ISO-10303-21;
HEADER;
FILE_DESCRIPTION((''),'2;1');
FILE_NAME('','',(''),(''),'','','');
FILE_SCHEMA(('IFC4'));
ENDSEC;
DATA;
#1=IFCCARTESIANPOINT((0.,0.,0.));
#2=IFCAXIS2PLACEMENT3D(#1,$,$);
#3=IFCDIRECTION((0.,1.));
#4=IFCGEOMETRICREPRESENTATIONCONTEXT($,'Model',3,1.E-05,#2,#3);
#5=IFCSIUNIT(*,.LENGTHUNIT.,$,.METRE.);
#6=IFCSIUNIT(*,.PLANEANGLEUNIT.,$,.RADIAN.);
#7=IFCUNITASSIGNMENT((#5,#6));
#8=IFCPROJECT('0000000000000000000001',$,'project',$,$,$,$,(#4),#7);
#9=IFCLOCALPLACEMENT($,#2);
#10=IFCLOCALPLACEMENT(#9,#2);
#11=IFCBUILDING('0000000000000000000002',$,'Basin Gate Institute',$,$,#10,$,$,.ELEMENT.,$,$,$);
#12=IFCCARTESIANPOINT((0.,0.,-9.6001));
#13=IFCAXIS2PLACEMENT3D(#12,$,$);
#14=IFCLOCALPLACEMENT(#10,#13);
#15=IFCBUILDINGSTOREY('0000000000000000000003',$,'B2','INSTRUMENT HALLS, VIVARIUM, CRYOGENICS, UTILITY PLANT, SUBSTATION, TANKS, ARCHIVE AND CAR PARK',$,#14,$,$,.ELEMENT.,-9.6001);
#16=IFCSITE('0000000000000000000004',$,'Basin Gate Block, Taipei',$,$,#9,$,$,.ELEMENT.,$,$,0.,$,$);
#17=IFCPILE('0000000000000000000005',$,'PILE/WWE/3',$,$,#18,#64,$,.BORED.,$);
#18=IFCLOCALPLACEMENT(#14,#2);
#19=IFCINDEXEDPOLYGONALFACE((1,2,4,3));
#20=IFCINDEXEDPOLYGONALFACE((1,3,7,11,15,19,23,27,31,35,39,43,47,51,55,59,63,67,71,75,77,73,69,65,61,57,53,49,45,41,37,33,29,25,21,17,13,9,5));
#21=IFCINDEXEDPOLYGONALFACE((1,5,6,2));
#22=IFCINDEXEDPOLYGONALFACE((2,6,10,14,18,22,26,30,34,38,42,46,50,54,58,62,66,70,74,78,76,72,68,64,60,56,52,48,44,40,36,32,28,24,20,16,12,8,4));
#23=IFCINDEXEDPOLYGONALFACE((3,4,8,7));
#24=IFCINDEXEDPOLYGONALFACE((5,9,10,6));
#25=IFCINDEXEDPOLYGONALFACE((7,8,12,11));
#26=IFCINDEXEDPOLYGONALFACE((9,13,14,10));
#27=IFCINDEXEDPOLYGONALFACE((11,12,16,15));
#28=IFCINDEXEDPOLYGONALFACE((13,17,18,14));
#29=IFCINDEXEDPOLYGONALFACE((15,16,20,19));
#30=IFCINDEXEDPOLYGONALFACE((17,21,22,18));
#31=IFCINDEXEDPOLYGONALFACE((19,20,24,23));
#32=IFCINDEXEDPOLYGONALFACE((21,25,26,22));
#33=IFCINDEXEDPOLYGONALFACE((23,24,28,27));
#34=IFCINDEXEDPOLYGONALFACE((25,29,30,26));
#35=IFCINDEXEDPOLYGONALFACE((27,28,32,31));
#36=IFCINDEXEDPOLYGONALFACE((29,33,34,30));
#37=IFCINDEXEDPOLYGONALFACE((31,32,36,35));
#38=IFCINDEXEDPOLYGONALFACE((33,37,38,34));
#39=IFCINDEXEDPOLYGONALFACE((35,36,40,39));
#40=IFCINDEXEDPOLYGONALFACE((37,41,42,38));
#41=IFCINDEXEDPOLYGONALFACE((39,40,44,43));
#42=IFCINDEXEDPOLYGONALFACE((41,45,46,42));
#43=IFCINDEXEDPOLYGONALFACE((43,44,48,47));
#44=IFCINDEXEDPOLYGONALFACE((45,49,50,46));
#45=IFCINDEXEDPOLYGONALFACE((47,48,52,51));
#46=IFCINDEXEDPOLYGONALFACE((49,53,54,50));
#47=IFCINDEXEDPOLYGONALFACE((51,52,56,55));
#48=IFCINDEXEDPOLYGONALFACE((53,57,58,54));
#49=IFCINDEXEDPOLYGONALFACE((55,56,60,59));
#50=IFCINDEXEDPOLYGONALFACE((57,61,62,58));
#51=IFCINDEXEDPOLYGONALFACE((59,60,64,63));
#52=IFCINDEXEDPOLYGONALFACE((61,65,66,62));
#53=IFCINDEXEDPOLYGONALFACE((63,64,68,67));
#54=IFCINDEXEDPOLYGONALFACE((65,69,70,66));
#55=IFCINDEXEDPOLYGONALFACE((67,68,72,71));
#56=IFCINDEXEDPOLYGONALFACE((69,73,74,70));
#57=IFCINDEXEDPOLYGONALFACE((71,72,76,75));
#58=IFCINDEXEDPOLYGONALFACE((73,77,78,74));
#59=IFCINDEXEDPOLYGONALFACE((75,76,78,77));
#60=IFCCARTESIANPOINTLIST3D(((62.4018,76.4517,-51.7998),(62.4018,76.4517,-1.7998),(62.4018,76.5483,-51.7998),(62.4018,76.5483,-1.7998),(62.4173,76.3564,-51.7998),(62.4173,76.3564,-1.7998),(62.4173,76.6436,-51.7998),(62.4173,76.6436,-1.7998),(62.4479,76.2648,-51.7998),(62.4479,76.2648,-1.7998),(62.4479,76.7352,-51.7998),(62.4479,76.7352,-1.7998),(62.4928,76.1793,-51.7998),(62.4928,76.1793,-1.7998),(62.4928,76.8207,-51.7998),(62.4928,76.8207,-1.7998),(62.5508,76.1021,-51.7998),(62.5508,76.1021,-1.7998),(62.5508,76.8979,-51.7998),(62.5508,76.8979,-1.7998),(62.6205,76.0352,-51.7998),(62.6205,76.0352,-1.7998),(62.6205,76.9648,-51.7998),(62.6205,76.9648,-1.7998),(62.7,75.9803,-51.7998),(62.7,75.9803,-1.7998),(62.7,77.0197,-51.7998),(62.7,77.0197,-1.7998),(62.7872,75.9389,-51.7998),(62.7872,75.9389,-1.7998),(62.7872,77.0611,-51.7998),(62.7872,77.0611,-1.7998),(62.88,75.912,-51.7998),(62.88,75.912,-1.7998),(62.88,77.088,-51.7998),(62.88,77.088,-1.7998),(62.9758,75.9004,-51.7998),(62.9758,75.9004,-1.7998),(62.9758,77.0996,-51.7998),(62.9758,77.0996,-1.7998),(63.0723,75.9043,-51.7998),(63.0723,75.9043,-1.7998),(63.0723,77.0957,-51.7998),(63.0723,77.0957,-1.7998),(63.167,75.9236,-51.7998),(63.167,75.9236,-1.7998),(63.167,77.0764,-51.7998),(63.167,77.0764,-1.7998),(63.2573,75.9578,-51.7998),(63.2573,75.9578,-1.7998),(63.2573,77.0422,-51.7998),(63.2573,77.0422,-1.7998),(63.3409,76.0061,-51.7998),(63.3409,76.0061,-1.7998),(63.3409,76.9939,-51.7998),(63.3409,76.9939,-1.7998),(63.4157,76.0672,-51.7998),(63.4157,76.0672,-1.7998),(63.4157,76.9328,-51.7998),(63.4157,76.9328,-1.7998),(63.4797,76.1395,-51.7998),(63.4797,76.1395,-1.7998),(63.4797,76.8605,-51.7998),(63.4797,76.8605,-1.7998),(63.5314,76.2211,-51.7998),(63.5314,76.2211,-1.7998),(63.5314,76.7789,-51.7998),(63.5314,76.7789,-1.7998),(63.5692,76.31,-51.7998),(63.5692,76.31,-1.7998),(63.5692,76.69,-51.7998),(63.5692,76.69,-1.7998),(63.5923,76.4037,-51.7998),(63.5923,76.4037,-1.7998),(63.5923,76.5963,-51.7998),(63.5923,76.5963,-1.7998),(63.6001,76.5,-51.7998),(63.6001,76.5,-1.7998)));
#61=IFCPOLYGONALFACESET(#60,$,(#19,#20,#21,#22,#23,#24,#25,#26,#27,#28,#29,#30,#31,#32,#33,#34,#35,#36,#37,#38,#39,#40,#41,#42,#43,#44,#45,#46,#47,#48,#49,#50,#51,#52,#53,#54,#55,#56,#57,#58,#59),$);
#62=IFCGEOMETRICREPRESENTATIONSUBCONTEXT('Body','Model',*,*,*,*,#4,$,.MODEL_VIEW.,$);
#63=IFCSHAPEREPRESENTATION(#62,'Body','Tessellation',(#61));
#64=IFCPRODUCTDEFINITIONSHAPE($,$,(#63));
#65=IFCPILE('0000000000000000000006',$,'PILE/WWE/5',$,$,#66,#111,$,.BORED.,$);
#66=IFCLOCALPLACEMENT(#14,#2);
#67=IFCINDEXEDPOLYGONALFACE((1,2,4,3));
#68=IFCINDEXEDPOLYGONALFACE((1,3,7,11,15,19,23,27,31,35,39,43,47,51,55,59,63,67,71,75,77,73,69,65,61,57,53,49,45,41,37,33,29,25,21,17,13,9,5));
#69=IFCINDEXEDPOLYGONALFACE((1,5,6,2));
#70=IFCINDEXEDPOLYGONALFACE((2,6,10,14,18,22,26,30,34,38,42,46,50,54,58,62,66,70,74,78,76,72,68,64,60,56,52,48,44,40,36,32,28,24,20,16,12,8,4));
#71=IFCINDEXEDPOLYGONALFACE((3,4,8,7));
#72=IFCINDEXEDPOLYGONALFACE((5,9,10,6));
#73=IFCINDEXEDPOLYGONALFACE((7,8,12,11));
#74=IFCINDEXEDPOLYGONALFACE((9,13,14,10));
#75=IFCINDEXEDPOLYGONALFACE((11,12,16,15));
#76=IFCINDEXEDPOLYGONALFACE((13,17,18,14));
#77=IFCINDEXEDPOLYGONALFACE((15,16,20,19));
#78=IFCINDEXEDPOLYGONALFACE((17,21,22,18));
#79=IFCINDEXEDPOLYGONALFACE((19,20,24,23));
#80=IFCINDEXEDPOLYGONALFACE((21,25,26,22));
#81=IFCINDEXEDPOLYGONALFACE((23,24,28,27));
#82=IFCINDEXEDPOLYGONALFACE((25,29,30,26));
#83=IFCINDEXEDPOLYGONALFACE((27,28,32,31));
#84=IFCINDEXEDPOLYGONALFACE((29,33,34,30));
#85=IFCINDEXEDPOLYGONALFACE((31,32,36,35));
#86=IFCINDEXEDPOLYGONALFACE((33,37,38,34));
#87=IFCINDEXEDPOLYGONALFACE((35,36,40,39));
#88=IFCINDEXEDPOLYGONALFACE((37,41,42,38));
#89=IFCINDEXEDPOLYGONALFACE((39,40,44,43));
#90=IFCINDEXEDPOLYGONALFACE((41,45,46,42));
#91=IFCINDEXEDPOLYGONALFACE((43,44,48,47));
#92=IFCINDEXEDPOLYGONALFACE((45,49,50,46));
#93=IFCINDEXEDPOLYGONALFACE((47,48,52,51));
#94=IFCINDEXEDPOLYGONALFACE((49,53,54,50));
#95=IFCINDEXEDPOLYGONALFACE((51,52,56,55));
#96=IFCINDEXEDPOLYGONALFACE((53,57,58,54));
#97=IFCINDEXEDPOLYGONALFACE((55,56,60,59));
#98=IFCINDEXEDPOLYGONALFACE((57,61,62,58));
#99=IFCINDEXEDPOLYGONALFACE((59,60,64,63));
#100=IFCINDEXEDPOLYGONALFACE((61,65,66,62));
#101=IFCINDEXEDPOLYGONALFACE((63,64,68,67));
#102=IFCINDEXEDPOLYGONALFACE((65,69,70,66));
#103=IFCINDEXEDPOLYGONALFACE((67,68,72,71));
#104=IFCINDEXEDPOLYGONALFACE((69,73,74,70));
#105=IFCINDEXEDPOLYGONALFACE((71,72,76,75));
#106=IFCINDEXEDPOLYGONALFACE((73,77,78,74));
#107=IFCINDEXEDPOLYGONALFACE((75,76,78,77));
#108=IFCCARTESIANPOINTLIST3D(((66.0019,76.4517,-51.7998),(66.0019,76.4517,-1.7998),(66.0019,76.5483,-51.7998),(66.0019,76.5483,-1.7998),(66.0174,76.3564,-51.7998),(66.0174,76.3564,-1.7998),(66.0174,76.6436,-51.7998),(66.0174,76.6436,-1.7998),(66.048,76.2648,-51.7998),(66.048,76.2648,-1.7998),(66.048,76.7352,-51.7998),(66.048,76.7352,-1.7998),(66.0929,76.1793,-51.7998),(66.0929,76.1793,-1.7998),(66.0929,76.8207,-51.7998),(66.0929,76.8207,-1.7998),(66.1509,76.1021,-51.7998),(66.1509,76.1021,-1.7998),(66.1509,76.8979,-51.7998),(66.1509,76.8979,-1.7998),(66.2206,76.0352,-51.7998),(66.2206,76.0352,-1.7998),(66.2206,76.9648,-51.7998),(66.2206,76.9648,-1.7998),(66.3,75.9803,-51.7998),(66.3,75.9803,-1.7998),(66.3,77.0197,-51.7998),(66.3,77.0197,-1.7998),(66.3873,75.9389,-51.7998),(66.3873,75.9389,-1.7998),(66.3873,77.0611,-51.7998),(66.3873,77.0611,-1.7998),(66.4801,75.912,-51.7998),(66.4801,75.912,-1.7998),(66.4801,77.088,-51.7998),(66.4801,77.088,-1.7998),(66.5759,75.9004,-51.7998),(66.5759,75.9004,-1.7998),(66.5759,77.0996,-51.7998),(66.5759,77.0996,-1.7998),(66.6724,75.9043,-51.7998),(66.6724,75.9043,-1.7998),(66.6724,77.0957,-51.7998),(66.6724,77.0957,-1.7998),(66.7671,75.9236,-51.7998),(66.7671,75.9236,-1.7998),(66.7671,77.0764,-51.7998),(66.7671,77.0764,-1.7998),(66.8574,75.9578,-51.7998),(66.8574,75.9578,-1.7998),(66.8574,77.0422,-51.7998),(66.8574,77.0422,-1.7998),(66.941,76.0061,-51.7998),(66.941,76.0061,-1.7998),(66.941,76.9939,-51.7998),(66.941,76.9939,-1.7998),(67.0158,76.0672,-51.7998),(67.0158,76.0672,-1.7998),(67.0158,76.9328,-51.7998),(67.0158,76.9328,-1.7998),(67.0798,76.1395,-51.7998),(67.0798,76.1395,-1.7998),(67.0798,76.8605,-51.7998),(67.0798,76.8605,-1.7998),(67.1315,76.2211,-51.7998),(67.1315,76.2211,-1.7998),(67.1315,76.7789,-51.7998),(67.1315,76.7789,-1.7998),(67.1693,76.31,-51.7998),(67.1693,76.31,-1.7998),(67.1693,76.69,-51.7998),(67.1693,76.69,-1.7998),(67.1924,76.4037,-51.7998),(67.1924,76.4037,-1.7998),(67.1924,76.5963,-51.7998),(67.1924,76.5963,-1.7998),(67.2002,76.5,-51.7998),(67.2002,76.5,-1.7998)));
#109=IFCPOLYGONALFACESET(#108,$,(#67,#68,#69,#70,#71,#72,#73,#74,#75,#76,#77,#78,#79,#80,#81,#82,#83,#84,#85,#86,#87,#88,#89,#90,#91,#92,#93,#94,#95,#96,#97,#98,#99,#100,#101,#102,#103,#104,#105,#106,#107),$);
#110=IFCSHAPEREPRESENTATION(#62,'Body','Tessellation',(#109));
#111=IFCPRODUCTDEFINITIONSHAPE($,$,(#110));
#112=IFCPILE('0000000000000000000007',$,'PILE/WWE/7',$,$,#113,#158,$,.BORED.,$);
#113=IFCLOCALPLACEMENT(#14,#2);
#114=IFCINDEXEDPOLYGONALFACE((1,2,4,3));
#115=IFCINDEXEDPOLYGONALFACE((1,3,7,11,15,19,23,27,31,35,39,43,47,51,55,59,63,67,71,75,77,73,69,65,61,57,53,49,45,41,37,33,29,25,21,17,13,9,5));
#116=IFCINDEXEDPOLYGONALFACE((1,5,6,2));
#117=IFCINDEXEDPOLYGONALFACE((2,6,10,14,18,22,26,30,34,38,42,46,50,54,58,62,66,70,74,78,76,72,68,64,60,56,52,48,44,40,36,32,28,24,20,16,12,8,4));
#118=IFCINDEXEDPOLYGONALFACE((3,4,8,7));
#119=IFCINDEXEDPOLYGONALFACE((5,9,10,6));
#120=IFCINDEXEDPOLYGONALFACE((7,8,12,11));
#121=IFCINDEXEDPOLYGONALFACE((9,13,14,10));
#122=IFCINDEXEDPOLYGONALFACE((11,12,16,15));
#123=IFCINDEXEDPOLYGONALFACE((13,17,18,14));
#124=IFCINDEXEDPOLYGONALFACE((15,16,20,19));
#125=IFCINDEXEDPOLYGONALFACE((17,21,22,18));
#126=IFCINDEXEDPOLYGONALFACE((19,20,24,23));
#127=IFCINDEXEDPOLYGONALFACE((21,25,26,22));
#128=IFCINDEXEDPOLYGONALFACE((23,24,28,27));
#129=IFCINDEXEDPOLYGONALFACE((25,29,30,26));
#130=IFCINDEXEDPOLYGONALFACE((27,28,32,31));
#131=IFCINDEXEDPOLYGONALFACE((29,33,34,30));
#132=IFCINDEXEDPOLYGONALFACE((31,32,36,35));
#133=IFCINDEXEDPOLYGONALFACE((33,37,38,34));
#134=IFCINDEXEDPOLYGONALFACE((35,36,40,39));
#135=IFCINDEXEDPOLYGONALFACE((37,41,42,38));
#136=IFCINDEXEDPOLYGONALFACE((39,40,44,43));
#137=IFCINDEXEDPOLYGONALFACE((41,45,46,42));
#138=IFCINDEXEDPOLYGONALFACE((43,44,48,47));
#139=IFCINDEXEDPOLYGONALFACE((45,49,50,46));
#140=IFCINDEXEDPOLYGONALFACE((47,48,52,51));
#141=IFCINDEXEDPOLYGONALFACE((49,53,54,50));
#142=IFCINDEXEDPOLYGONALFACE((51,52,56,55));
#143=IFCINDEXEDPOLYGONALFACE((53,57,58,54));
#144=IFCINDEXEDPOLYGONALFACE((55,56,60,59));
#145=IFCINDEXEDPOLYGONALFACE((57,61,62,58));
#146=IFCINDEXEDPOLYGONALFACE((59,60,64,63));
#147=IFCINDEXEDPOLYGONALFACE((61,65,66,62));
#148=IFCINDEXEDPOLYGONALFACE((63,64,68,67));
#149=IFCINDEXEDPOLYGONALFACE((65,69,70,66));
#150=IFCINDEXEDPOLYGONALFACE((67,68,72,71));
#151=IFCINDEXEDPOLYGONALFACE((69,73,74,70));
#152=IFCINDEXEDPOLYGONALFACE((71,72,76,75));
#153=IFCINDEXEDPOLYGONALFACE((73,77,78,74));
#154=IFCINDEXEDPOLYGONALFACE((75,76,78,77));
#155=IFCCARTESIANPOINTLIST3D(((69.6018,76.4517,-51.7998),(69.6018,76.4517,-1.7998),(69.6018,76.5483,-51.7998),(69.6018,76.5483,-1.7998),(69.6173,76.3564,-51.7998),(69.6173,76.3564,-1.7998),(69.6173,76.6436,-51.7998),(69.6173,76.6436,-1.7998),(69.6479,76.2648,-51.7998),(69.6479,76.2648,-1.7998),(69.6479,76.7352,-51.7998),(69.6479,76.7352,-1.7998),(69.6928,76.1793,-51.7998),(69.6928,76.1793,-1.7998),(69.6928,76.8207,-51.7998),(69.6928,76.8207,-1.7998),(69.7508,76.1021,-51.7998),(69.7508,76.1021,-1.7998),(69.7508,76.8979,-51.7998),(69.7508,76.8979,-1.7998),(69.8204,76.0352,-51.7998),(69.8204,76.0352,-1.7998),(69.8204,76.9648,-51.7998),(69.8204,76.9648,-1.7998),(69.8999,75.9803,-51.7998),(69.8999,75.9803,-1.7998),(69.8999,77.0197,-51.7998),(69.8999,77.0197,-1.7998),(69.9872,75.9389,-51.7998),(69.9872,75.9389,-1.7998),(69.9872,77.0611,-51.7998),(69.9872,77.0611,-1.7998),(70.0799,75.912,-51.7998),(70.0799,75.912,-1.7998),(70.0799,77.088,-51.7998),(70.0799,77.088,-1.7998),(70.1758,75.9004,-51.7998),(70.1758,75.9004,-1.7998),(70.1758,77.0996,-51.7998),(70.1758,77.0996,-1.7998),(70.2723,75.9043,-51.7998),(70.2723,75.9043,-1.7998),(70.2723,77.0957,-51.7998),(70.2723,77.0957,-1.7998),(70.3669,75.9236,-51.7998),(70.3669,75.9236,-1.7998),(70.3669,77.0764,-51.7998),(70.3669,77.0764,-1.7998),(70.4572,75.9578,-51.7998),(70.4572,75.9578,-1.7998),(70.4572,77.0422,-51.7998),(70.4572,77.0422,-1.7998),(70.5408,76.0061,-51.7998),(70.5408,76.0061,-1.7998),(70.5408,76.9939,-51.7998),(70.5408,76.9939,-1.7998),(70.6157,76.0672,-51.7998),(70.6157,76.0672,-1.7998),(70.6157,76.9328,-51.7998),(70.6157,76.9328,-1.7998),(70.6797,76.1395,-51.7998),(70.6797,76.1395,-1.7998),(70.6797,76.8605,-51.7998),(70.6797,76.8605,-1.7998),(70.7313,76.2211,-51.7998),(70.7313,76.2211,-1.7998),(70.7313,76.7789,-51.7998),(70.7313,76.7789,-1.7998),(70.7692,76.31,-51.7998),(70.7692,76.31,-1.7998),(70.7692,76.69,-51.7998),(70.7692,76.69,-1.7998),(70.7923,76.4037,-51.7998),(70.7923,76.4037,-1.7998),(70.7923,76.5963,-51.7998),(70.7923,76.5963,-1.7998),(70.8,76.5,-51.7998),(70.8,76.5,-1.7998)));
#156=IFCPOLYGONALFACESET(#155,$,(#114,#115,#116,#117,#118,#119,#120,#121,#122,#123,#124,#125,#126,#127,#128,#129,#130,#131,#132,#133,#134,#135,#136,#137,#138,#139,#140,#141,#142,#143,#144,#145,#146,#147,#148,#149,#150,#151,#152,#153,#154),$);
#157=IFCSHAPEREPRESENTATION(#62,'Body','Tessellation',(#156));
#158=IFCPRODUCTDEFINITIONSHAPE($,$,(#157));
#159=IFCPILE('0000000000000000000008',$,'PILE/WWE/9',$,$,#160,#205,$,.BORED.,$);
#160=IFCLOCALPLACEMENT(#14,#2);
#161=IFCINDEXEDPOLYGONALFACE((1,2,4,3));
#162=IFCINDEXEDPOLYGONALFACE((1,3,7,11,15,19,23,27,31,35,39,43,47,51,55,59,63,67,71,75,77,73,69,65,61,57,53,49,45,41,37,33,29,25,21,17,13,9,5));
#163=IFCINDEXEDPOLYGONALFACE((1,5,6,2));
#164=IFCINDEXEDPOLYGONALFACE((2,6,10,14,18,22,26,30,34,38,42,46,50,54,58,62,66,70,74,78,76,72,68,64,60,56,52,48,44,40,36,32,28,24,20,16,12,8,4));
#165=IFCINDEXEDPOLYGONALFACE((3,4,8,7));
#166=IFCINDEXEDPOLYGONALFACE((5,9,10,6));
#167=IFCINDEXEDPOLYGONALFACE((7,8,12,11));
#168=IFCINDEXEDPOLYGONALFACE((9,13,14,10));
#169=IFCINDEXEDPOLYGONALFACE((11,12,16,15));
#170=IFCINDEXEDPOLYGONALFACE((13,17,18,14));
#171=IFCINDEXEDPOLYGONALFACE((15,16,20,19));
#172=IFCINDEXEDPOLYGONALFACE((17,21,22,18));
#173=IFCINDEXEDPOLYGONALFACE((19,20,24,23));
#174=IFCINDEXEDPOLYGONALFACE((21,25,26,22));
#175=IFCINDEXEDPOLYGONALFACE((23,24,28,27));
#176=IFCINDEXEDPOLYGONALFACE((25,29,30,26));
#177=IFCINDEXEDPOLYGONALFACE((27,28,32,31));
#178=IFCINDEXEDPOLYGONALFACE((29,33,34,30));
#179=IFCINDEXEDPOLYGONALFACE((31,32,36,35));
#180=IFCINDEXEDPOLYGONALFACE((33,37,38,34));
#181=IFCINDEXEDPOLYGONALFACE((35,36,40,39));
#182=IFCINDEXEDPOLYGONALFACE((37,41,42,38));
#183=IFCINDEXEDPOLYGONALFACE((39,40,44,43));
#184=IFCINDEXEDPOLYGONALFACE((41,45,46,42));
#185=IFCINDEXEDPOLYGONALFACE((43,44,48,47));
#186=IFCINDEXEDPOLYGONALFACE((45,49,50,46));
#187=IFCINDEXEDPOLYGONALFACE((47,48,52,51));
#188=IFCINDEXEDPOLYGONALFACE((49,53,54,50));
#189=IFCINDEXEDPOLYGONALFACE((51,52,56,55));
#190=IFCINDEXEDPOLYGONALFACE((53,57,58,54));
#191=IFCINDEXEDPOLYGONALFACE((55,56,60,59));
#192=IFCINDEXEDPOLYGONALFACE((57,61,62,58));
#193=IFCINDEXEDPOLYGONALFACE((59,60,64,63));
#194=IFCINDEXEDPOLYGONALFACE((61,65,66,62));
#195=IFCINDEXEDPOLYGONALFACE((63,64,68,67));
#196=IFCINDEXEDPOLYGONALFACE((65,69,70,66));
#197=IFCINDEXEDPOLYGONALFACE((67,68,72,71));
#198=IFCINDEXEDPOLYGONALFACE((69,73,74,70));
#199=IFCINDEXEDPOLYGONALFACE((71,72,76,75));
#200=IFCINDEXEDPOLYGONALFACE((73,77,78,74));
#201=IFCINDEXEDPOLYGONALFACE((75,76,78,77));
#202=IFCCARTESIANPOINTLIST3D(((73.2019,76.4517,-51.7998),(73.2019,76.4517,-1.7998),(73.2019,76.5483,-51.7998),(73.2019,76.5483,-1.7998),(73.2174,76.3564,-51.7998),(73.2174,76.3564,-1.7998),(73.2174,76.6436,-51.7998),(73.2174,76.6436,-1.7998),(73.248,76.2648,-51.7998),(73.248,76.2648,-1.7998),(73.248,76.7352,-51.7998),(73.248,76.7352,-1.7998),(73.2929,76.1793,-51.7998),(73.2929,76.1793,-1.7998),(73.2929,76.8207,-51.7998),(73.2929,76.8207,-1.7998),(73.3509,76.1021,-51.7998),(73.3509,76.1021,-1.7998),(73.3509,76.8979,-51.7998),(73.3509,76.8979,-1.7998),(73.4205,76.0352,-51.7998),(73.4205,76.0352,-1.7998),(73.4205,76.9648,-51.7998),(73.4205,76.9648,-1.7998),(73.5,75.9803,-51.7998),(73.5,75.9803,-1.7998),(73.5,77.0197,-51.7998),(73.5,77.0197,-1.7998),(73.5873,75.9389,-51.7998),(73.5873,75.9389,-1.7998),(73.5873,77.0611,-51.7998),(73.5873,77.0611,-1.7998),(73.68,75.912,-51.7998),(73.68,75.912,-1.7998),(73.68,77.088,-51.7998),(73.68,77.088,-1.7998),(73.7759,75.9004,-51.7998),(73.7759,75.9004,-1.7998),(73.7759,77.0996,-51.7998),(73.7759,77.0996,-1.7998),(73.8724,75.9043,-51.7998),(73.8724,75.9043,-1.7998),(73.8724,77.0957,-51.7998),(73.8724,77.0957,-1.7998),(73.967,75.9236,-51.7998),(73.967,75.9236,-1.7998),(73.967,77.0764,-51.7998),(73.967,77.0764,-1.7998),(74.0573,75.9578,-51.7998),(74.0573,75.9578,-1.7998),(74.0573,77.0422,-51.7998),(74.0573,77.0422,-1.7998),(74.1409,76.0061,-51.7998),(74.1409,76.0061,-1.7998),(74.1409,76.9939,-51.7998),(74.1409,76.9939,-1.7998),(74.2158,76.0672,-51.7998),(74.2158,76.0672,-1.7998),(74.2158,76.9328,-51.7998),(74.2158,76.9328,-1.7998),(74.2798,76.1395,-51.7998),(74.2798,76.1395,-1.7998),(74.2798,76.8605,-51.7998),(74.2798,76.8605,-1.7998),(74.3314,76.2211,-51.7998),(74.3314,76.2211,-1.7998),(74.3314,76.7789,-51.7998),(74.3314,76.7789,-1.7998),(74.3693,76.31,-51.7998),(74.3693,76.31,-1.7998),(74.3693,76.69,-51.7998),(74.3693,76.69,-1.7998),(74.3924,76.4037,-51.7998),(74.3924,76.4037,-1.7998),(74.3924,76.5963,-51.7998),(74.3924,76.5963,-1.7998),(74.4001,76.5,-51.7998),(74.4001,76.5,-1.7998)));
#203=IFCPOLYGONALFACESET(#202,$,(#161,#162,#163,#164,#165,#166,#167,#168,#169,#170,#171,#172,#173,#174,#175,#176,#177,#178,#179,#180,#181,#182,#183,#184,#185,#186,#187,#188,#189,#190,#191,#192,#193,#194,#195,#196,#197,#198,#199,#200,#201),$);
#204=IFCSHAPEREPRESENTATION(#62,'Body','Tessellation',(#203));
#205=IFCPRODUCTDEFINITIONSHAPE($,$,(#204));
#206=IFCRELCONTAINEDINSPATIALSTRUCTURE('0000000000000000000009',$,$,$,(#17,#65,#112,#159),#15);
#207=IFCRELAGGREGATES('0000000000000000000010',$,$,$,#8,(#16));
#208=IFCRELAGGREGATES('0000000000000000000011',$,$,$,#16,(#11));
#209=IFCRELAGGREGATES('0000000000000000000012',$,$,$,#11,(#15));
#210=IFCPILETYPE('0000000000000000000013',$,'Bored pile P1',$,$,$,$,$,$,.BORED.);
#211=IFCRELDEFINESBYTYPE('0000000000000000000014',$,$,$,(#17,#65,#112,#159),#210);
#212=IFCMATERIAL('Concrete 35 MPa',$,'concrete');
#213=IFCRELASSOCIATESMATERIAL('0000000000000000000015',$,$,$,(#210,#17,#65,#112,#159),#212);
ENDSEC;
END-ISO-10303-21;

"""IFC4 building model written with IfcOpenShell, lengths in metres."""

from ifc_helpers import new_model, si_unit, direction, frame, origin, origin_2d, place, context, subcontext, project, spatial, circle, extrude, material, material_profile, profile_set, type_object, element, save


model = new_model("IFC4")

# Units and contexts
model_context = context("Model", 3, precision=1e-05, world=origin(), true_north=direction((0.0, 1.0)))
body_context = subcontext(model_context, "Body", "Model", "MODEL_VIEW")
ifc_project = project(units=[si_unit("LENGTHUNIT", "METRE"), si_unit("PLANEANGLEUNIT", "RADIAN")], contexts=[model_context])

# Site, building, storey
site_placement = place(None, origin())
site = spatial("IfcSite", under=ifc_project, at=site_placement, Name="Basin Gate Block, Taipei", CompositionType="ELEMENT", RefElevation=0.0)
building_placement = place(site_placement, origin())
building = spatial("IfcBuilding", under=site, at=building_placement, Name="Basin Gate Institute", CompositionType="ELEMENT")
storey_placement = place(building_placement, frame((0.0, 0.0, -9.6001)))
storey = spatial("IfcBuildingStorey", under=building, at=storey_placement, Name="B2", Description="INSTRUMENT HALLS, VIVARIUM, CRYOGENICS, UTILITY PLANT, SUBSTATION, TANKS, ARCHIVE AND CAR PARK", CompositionType="ELEMENT", Elevation=-9.6001)

# Piles
ifc_material_1 = material(Name="Concrete 35 MPa", Category="concrete")
ifc_material_profile_1 = material_profile(ifc_material_1, circle(Radius=0.6001, at=origin_2d()), Name="Bored pile P1 1200 dia")
ifc_profile_set_1 = profile_set([ifc_material_profile_1], Name="Concrete 35 MPa")
pile_type = type_object("IfcPileType", Name="Bored pile P1", PredefinedType="BORED", material=ifc_profile_set_1)
for number, where, z_axis, x_axis, name in (
    (1, (63.0, 76.5, -1.7998), (0.0, 0.0, -1.0), (1.0, 0.0, 0.0), "PILE/WWE/3"),
    (2, (66.6001, 76.5, -1.7998), (0.0, 0.0, -1.0), (1.0, 0.0, 0.0), "PILE/WWE/5"),
    (3, (70.2, 76.5, -1.7998), (0.0, 0.0, -1.0), (1.0, 0.0, 0.0), "PILE/WWE/7"),
    (4, (73.8, 76.5, -1.7998), (0.0, 0.0, -1.0), (1.0, 0.0, 0.0), "PILE/WWE/9"),
):
    element("IfcPile", number, at=place(storey_placement, frame(where, z_axis=z_axis, x_axis=x_axis)), inside=storey, type_object=pile_type, material=ifc_profile_set_1, Name=name, PredefinedType="BORED", context=body_context, shape_type="SweptSolid", body=[
        extrude(circle(Radius=0.6001, at=origin_2d()), origin(), (0.0, 0.0, 1.0), 50.0),
    ])

save(model, "model.ifc")
